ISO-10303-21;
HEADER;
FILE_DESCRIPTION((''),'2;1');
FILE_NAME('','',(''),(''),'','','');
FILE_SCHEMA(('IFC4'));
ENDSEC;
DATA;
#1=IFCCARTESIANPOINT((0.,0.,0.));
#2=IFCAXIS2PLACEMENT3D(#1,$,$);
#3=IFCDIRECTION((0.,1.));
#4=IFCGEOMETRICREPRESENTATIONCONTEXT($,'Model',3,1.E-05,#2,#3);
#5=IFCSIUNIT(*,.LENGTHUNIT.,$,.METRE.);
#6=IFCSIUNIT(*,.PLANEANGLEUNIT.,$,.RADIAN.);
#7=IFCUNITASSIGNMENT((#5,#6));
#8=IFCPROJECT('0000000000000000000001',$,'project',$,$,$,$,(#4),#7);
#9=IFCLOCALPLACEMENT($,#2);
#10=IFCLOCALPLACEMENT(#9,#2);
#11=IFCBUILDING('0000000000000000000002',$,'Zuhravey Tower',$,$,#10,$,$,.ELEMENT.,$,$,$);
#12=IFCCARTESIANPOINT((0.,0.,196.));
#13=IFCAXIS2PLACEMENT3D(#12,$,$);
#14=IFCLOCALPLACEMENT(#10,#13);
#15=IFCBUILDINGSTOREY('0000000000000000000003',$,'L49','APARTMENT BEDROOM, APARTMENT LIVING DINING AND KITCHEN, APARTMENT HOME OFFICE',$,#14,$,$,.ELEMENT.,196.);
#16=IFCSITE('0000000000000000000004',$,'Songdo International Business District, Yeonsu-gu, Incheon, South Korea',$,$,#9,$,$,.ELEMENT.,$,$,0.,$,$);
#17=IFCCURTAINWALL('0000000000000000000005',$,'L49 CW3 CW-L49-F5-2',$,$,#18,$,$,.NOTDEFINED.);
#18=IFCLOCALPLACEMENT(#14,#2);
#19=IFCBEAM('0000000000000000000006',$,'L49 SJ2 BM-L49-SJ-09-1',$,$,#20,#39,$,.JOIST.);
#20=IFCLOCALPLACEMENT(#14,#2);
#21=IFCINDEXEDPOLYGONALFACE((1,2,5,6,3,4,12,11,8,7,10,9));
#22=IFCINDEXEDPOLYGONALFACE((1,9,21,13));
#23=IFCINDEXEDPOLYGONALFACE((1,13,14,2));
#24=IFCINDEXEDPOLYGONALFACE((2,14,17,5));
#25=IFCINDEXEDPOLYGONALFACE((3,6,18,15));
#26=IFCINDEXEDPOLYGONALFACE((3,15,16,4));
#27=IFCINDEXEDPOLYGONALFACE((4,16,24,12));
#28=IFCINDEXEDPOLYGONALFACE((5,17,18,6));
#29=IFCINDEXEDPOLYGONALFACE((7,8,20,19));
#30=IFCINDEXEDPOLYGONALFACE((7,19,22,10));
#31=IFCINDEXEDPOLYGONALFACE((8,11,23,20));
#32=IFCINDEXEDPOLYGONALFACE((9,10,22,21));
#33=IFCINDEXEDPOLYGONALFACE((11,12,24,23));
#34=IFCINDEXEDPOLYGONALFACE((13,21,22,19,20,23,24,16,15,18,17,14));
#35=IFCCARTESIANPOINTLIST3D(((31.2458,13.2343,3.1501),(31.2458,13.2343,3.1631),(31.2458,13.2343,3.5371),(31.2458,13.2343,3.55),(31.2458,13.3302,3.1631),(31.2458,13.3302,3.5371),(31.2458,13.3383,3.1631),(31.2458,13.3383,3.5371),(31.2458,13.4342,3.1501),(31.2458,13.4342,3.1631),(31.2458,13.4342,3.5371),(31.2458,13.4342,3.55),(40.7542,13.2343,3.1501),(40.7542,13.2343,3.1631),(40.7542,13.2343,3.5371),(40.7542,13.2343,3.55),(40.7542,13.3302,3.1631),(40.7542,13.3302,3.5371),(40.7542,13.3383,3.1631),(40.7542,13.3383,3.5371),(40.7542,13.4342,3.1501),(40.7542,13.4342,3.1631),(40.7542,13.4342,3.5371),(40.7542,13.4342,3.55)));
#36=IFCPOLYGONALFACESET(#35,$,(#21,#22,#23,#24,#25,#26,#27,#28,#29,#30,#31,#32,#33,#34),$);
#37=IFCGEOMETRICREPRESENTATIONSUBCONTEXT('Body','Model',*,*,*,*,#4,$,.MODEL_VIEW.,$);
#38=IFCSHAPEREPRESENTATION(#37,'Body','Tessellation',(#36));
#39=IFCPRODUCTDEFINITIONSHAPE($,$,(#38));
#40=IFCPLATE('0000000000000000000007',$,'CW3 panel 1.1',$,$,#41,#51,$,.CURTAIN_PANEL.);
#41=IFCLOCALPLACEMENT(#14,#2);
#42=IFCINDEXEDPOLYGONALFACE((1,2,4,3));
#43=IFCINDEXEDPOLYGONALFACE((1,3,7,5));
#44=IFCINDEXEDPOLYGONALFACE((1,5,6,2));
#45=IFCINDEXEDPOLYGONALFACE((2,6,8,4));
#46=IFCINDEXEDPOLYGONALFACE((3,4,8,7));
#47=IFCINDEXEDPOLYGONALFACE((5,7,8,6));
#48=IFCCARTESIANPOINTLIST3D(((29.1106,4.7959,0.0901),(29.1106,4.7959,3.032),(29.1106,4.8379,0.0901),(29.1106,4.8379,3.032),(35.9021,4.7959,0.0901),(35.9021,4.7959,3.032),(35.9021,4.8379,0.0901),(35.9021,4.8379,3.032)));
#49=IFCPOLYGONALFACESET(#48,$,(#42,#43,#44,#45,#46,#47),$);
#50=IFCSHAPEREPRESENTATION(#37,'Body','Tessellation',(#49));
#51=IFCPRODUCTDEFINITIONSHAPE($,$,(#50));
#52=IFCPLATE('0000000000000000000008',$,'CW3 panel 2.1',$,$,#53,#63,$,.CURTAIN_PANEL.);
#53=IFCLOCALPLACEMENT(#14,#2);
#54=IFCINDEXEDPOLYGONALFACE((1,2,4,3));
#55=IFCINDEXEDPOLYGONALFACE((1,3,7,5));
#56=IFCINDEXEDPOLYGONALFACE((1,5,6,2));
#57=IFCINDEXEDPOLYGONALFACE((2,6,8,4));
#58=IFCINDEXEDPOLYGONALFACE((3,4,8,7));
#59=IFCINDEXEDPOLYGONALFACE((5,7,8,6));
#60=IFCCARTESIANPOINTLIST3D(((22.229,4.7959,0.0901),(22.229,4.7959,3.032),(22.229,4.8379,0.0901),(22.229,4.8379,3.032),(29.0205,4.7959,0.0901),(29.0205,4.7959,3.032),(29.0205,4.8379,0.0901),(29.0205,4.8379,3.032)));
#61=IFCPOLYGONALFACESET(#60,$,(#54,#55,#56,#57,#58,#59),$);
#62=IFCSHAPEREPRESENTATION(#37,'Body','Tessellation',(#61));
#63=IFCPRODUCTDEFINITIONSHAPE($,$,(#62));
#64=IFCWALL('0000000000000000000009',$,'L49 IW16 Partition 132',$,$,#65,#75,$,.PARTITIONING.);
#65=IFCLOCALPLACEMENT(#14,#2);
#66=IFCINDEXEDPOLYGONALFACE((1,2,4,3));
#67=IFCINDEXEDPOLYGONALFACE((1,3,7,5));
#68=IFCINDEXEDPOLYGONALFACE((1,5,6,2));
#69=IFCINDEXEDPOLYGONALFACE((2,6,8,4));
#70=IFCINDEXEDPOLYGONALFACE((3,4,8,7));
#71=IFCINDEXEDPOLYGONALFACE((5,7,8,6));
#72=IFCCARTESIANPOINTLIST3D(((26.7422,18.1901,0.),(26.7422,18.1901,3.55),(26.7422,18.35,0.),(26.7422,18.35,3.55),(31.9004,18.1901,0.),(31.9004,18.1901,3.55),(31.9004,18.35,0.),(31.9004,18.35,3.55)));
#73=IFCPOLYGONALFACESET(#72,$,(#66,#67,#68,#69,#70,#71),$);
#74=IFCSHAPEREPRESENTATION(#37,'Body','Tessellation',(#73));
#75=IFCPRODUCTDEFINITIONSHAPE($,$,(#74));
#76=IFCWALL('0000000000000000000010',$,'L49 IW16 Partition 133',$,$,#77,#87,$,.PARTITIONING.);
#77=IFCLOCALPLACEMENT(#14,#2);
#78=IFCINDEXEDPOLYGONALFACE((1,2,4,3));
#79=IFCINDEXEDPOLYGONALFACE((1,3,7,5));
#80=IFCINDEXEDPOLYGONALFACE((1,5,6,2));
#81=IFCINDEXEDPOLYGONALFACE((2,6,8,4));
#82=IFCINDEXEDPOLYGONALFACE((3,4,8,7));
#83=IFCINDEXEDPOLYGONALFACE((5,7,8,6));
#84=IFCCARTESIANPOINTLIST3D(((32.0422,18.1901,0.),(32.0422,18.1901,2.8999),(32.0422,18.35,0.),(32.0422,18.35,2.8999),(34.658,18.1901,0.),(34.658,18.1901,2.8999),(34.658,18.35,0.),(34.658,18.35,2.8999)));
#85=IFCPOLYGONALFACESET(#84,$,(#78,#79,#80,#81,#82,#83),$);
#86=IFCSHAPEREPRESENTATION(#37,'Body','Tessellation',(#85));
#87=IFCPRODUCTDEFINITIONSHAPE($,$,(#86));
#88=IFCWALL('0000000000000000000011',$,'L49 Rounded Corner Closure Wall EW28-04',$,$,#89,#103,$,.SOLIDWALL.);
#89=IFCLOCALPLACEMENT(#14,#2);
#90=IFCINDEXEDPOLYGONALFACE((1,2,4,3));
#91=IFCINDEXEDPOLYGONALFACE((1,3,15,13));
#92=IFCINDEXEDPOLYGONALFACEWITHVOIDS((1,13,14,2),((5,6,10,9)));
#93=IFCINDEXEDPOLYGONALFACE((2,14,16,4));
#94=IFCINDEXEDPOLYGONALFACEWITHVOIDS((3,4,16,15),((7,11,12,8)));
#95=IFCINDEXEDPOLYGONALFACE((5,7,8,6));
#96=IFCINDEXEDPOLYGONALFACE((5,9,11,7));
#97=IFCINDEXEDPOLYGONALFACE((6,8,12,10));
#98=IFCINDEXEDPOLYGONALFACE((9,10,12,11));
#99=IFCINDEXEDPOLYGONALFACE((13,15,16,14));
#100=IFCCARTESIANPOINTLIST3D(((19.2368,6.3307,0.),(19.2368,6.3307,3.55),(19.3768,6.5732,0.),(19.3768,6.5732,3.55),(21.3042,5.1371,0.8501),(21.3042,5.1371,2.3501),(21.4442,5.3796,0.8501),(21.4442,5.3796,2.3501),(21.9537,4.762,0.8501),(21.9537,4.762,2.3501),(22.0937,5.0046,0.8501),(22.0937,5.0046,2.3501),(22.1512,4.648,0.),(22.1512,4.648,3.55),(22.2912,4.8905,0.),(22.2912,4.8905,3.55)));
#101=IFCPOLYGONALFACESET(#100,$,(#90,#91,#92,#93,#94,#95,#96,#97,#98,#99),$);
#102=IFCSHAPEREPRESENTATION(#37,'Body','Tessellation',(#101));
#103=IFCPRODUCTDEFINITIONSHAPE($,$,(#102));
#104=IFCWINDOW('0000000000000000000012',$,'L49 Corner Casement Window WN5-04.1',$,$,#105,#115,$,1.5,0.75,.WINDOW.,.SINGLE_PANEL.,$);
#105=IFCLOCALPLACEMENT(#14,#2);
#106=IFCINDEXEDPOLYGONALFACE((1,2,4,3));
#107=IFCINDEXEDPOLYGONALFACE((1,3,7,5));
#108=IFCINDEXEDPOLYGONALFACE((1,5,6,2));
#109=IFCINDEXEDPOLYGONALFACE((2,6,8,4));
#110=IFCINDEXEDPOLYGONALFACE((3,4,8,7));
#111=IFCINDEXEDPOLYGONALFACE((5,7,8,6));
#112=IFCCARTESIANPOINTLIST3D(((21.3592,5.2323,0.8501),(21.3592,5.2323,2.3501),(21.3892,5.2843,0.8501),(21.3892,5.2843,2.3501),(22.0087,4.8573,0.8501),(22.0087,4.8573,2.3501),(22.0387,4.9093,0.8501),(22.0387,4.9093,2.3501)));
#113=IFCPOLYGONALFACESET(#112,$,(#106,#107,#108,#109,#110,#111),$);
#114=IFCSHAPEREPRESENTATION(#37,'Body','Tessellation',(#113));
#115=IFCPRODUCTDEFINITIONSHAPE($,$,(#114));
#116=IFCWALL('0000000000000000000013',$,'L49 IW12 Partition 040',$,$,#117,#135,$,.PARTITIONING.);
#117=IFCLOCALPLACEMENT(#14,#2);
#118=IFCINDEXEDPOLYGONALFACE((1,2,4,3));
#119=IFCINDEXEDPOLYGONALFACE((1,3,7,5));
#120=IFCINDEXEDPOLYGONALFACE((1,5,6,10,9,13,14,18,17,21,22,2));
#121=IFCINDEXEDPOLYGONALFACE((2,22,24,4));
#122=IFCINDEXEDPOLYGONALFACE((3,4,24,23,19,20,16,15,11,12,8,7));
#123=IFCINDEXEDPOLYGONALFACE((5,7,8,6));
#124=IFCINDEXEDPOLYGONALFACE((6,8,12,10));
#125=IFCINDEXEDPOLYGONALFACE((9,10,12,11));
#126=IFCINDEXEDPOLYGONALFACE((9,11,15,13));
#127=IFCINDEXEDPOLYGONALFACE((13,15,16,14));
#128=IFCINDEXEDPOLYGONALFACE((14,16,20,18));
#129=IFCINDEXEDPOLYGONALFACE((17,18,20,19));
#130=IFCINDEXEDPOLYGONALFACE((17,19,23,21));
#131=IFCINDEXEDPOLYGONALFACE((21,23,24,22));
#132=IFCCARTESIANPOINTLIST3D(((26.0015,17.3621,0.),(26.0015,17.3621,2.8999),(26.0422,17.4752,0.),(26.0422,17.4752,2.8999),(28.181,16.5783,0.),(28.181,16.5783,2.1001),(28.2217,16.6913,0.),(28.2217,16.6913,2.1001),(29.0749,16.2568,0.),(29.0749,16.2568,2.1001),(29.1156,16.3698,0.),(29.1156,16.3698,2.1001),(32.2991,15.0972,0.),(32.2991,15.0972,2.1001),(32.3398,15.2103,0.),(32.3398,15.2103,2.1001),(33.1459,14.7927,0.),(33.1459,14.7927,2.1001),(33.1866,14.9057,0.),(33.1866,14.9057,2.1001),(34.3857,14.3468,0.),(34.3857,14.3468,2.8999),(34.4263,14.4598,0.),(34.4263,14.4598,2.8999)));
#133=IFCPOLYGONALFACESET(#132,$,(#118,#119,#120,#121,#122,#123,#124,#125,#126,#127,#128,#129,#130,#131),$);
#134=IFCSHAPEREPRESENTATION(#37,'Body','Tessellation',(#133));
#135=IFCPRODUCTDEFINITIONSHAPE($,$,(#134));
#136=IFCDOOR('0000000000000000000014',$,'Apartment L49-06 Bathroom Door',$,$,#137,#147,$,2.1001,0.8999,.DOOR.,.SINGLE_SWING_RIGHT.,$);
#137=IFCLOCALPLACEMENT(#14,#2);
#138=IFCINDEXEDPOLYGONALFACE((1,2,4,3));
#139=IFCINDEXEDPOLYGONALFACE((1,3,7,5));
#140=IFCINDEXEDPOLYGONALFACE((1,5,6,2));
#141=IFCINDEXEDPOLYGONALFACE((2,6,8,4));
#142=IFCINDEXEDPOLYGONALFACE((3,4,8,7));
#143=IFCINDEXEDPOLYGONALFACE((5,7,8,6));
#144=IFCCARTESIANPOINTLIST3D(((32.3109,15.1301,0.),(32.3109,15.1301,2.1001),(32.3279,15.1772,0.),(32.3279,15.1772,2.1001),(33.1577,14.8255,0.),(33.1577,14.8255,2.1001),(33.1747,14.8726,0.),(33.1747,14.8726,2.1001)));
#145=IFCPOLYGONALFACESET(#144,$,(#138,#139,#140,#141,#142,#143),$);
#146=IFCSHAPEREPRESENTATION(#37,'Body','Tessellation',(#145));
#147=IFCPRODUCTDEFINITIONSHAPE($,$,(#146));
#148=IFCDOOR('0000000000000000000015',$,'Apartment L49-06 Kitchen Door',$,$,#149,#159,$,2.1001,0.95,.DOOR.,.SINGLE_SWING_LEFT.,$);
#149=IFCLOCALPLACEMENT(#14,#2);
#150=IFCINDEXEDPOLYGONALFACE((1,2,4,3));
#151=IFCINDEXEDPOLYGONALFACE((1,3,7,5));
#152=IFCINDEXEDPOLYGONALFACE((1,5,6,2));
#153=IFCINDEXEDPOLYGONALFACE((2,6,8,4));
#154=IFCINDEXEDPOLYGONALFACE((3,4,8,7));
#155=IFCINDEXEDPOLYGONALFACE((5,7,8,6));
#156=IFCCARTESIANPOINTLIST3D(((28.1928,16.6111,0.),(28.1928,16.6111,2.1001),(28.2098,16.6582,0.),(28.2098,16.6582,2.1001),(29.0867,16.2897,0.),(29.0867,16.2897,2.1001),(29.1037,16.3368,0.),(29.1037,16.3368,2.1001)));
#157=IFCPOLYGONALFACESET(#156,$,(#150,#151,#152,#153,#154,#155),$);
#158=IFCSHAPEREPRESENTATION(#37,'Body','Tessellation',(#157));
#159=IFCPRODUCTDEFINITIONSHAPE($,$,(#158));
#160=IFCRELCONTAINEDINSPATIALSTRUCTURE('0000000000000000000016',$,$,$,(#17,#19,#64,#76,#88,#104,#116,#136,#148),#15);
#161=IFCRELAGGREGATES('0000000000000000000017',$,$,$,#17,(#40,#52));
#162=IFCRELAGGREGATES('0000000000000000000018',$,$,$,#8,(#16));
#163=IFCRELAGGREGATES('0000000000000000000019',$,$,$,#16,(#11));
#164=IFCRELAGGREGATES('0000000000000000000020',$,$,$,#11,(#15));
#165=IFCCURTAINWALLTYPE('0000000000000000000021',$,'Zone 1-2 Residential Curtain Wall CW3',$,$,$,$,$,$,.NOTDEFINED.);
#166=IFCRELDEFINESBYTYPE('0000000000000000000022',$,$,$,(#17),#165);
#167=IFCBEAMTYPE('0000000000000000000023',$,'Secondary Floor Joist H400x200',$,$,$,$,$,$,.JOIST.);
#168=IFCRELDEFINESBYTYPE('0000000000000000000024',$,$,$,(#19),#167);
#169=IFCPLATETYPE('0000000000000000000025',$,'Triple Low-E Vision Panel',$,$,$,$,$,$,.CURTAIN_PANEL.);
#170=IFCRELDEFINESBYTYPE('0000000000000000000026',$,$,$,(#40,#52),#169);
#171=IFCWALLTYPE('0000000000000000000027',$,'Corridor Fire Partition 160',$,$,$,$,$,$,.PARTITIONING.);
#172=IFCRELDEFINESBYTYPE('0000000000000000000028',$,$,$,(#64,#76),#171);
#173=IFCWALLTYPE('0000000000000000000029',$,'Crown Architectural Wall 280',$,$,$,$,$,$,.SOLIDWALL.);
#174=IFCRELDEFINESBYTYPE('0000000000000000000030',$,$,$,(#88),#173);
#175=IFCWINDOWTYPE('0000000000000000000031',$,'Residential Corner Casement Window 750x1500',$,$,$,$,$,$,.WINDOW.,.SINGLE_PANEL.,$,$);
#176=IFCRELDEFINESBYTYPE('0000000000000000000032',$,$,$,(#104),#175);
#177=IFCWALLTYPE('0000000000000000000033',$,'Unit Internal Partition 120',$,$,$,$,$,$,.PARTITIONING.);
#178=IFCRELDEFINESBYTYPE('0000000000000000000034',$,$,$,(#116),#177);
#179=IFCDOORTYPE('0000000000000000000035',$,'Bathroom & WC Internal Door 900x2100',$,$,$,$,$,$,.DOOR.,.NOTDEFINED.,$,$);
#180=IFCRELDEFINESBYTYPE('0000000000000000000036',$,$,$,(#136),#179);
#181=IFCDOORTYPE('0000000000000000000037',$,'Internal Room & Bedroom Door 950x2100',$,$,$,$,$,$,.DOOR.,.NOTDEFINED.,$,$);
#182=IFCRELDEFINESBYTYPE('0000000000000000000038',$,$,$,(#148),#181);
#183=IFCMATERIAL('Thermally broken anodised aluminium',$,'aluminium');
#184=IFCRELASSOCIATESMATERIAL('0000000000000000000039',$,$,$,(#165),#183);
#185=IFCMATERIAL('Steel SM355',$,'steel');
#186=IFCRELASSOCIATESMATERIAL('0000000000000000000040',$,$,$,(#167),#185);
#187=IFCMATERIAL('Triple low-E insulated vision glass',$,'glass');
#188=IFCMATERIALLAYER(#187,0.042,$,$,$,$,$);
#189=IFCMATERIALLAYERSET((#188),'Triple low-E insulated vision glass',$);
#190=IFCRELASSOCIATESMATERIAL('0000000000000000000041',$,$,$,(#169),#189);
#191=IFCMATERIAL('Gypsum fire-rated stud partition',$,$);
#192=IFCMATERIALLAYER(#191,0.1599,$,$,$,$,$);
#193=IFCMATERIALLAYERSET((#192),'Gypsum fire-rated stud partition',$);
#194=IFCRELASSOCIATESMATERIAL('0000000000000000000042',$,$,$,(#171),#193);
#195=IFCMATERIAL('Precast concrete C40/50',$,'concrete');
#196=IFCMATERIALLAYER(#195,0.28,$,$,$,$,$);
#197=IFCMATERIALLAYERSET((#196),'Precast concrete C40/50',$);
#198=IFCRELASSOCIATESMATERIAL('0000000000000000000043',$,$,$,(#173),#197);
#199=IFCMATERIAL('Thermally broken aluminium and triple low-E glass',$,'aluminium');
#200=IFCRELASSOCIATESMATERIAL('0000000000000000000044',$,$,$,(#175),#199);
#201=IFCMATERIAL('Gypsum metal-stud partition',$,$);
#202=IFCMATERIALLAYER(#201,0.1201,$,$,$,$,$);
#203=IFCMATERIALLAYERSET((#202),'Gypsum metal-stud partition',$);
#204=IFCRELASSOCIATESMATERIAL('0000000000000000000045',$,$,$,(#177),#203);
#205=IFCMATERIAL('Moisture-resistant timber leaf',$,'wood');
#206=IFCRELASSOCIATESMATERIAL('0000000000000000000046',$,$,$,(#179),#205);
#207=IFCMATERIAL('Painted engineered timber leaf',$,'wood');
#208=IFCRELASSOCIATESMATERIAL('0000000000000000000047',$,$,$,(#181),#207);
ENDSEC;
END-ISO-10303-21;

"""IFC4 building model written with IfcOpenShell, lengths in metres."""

from ifc_helpers import new_model, si_unit, direction, frame, frame_2d, origin, origin_2d, place, context, subcontext, project, spatial, rectangle, i_section, extrude, material, layer, layer_set, material_profile, profile_set, type_object, element, fill, aggregate, save


model = new_model("IFC4")

# Units and contexts
model_context = context("Model", 3, precision=1e-05, world=origin(), true_north=direction((0.0, 1.0)))
body_context = subcontext(model_context, "Body", "Model", "MODEL_VIEW")
ifc_project = project(units=[si_unit("LENGTHUNIT", "METRE"), si_unit("PLANEANGLEUNIT", "RADIAN")], contexts=[model_context])

# Site, building, storey
site_placement = place(None, origin())
site = spatial("IfcSite", under=ifc_project, at=site_placement, Name="Songdo International Business District, Yeonsu-gu, Incheon, South Korea", CompositionType="ELEMENT", RefElevation=0.0)
building_placement = place(site_placement, origin())
building = spatial("IfcBuilding", under=site, at=building_placement, Name="Zuhravey Tower", CompositionType="ELEMENT")
storey_placement = place(building_placement, frame((0.0, 0.0, 196.0)))
storey = spatial("IfcBuildingStorey", under=building, at=storey_placement, Name="L49", Description="APARTMENT BEDROOM, APARTMENT LIVING DINING AND KITCHEN, APARTMENT HOME OFFICE", CompositionType="ELEMENT", Elevation=196.0)

# Curtain wall
ifc_material_1 = material(Name="Thermally broken anodised aluminium", Category="aluminium")
curtain_wall_type = type_object("IfcCurtainWallType", Name="Zone 1-2 Residential Curtain Wall CW3", PredefinedType="NOTDEFINED", material=ifc_material_1)
curtain_wall_placement = place(storey_placement, origin())
curtain_wall = element("IfcCurtainWall", 1, at=curtain_wall_placement, inside=storey, type_object=curtain_wall_type, Name="L49 CW3 CW-L49-F5-2", PredefinedType="NOTDEFINED")

# Beam
ifc_material_2 = material(Name="Steel SM355", Category="steel")
ifc_material_profile_1 = material_profile(ifc_material_2, i_section(OverallWidth=0.2, OverallDepth=0.3999, WebThickness=0.0081, FlangeThickness=0.0129, at=origin_2d()), Name="H-400x200x8x13")
ifc_profile_set_1 = profile_set([ifc_material_profile_1], Name="Steel SM355")
beam_type_1 = type_object("IfcBeamType", Name="Secondary Floor Joist H400x200", PredefinedType="JOIST", material=ifc_profile_set_1)
beam_1_placement = place(storey_placement, frame((31.2458, 13.3342, 3.3501), z_axis=(1.0, 0.0, 0.0), x_axis=(0.0, 1.0, 0.0)))
element("IfcBeam", 2, at=beam_1_placement, inside=storey, type_object=beam_type_1, Name="L49 SJ2 BM-L49-SJ-09-1", PredefinedType="JOIST", context=body_context, shape_type="SweptSolid", body=[
    extrude(i_section(OverallWidth=0.2, OverallDepth=0.3999, WebThickness=0.0081, FlangeThickness=0.0129, at=origin_2d()), origin(), (0.0, 0.0, 1.0), 9.5083),
])

# Plates
ifc_material_3 = material(Name="Triple low-E insulated vision glass", Category="glass")
ifc_layer_1 = layer(ifc_material_3, 0.042)
ifc_layer_set_1 = layer_set([ifc_layer_1], Name="Triple low-E insulated vision glass")
plate_type = type_object("IfcPlateType", Name="Triple Low-E Vision Panel", PredefinedType="CURTAIN_PANEL", material=ifc_layer_set_1)
plate_1_placement = place(storey_placement, frame((32.5063, 4.8169, 0.0901), z_axis=(0.0, 0.0, 1.0), x_axis=(-1.0, 0.0, 0.0)))
plate_1 = element("IfcPlate", 3, at=plate_1_placement, type_object=plate_type, Name="CW3 panel 1.1", PredefinedType="CURTAIN_PANEL", context=body_context, shape_type="SweptSolid", body=[
    extrude(rectangle(XDim=6.7915, YDim=0.042, at=origin_2d()), origin(), (0.0, 0.0, 1.0), 2.9419),
])
plate_2_placement = place(storey_placement, frame((25.6248, 4.8169, 0.0901), z_axis=(0.0, 0.0, 1.0), x_axis=(-1.0, 0.0, 0.0)))
plate_2 = element("IfcPlate", 4, at=plate_2_placement, type_object=plate_type, Name="CW3 panel 2.1", PredefinedType="CURTAIN_PANEL", context=body_context, shape_type="SweptSolid", body=[
    extrude(rectangle(XDim=6.7915, YDim=0.042, at=origin_2d()), origin(), (0.0, 0.0, 1.0), 2.9419),
])
aggregate(curtain_wall, [plate_1, plate_2])

# Shared definitions
ifc_material_4 = material(Name="Gypsum fire-rated stud partition")
ifc_layer_2 = layer(ifc_material_4, 0.1599)
ifc_layer_set_2 = layer_set([ifc_layer_2], Name="Gypsum fire-rated stud partition")
wall_type_1 = type_object("IfcWallType", Name="Corridor Fire Partition 160", PredefinedType="PARTITIONING", material=ifc_layer_set_2)

# Walls
wall_1_placement = place(storey_placement, frame((26.7422, 18.27, 0.0), z_axis=(0.0, 0.0, 1.0), x_axis=(1.0, 0.0, 0.0)))
element("IfcWall", 5, at=wall_1_placement, inside=storey, type_object=wall_type_1, Name="L49 IW16 Partition 132", PredefinedType="PARTITIONING", context=body_context, shape_type="SweptSolid", body=[
    extrude(rectangle(XDim=5.1582, YDim=0.1599, at=frame_2d((2.5791, 0.0))), origin(), (0.0, 0.0, 1.0), 3.55),
])
wall_2_placement = place(storey_placement, frame((32.0422, 18.27, 0.0), z_axis=(0.0, 0.0, 1.0), x_axis=(1.0, 0.0, 0.0)))
element("IfcWall", 6, at=wall_2_placement, inside=storey, type_object=wall_type_1, Name="L49 IW16 Partition 133", PredefinedType="PARTITIONING", context=body_context, shape_type="SweptSolid", body=[
    extrude(rectangle(XDim=2.6157, YDim=0.1599, at=frame_2d((1.3079, 0.0))), origin(), (0.0, 0.0, 1.0), 2.8999),
])

# Wall, opening, window
ifc_material_5 = material(Name="Precast concrete C40/50", Category="concrete")
ifc_layer_3 = layer(ifc_material_5, 0.28)
ifc_layer_set_3 = layer_set([ifc_layer_3], Name="Precast concrete C40/50")
wall_type_2 = type_object("IfcWallType", Name="Crown Architectural Wall 280", PredefinedType="SOLIDWALL", material=ifc_layer_set_3)
wall_3_placement = place(storey_placement, frame((22.2212, 4.7693, 0.0), z_axis=(0.0, 0.0, 1.0), x_axis=(-0.86602, 0.500009, 0.0)))
wall_3 = element("IfcWall", 7, at=wall_3_placement, inside=storey, type_object=wall_type_2, Name="L49 Rounded Corner Closure Wall EW28-04", PredefinedType="SOLIDWALL", context=body_context, shape_type="SweptSolid", body=[
    extrude(rectangle(XDim=3.3652, YDim=0.28, at=frame_2d((1.6826, 0.0))), origin(), (0.0, 0.0, 1.0), 3.55),
])
opening_1_placement = place(wall_3_placement, frame((0.228, 0.0, 0.8501)))
opening_1 = element("IfcOpeningElement", 8, at=opening_1_placement, cuts=wall_3, PredefinedType="OPENING", context=body_context, shape_type="SweptSolid", body=[
    extrude(rectangle(XDim=0.75, YDim=1.5, at=frame_2d((0.375, 0.75))), frame((0.0, 0.1521, 0.0), z_axis=(0.0, -1.0, 0.0), x_axis=(1.0, 0.0, 0.0)), (0.0, 0.0, 1.0), 0.304),
])
ifc_material_6 = material(Name="Thermally broken aluminium and triple low-E glass", Category="aluminium")
window_type = type_object("IfcWindowType", Name="Residential Corner Casement Window 750x1500", PartitioningType="SINGLE_PANEL", PredefinedType="WINDOW", material=ifc_material_6)
window_placement = place(opening_1_placement, origin())
window = element("IfcWindow", 9, at=window_placement, inside=storey, type_object=window_type, Name="L49 Corner Casement Window WN5-04.1", OverallHeight=1.5, OverallWidth=0.75, PartitioningType="SINGLE_PANEL", PredefinedType="WINDOW", context=body_context, shape_type="SweptSolid", body=[
    extrude(rectangle(XDim=0.75, YDim=1.5, at=frame_2d((0.375, 0.75))), frame((0.0, 0.03, 0.0), z_axis=(0.0, -1.0, 0.0), x_axis=(1.0, 0.0, 0.0)), (0.0, 0.0, 1.0), 0.0601),
])
fill(opening_1, window)

# Wall, openings, doors
ifc_material_7 = material(Name="Gypsum metal-stud partition")
ifc_layer_4 = layer(ifc_material_7, 0.1201)
ifc_layer_set_4 = layer_set([ifc_layer_4], Name="Gypsum metal-stud partition")
wall_type_3 = type_object("IfcWallType", Name="Unit Internal Partition 120", PredefinedType="PARTITIONING", material=ifc_layer_set_4)
wall_4_placement = place(storey_placement, frame((26.0217, 17.4187, 0.0), z_axis=(0.0, 0.0, 1.0), x_axis=(0.940993, -0.338425, 0.0)))
wall_4 = element("IfcWall", 10, at=wall_4_placement, inside=storey, type_object=wall_type_3, Name="L49 IW12 Partition 040", PredefinedType="PARTITIONING", context=body_context, shape_type="SweptSolid", body=[
    extrude(rectangle(XDim=8.9099, YDim=0.1201, at=frame_2d((4.4551, 0.0))), origin(), (0.0, 0.0, 1.0), 2.8999),
])
opening_2_placement = place(wall_4_placement, frame((2.3162, 0.0, 0.0)))
opening_2 = element("IfcOpeningElement", 11, at=opening_2_placement, cuts=wall_4, PredefinedType="OPENING", context=body_context, shape_type="SweptSolid", body=[
    extrude(rectangle(XDim=0.95, YDim=2.1001, at=frame_2d((0.4751, 1.05))), frame((0.0, 0.072, 0.0), z_axis=(0.0, -1.0, 0.0), x_axis=(1.0, 0.0, 0.0)), (0.0, 0.0, 1.0), 0.144),
])
opening_3_placement = place(wall_4_placement, frame((6.6926, 0.0, 0.0)))
opening_3 = element("IfcOpeningElement", 12, at=opening_3_placement, cuts=wall_4, PredefinedType="OPENING", context=body_context, shape_type="SweptSolid", body=[
    extrude(rectangle(XDim=0.8999, YDim=2.1001, at=frame_2d((0.45, 1.05))), frame((0.0, 0.072, 0.0), z_axis=(0.0, -1.0, 0.0), x_axis=(1.0, 0.0, 0.0)), (0.0, 0.0, 1.0), 0.144),
])
ifc_material_8 = material(Name="Moisture-resistant timber leaf", Category="wood")
door_type_1 = type_object("IfcDoorType", Name="Bathroom & WC Internal Door 900x2100", OperationType="NOTDEFINED", PredefinedType="DOOR", material=ifc_material_8)
door_1_placement = place(opening_3_placement, origin())
door_1 = element("IfcDoor", 13, at=door_1_placement, inside=storey, type_object=door_type_1, Name="Apartment L49-06 Bathroom Door", OperationType="SINGLE_SWING_RIGHT", OverallHeight=2.1001, OverallWidth=0.8999, PredefinedType="DOOR", context=body_context, shape_type="SweptSolid", body=[
    extrude(rectangle(XDim=0.8999, YDim=2.1001, at=frame_2d((0.45, 1.05))), frame((0.0, 0.0249, 0.0), z_axis=(0.0, -1.0, 0.0), x_axis=(1.0, 0.0, 0.0)), (0.0, 0.0, 1.0), 0.05),
])
fill(opening_3, door_1)
ifc_material_9 = material(Name="Painted engineered timber leaf", Category="wood")
door_type_2 = type_object("IfcDoorType", Name="Internal Room & Bedroom Door 950x2100", OperationType="NOTDEFINED", PredefinedType="DOOR", material=ifc_material_9)
door_2_placement = place(opening_2_placement, origin())
door_2 = element("IfcDoor", 14, at=door_2_placement, inside=storey, type_object=door_type_2, Name="Apartment L49-06 Kitchen Door", OperationType="SINGLE_SWING_LEFT", OverallHeight=2.1001, OverallWidth=0.95, PredefinedType="DOOR", context=body_context, shape_type="SweptSolid", body=[
    extrude(rectangle(XDim=0.95, YDim=2.1001, at=frame_2d((0.4751, 1.05))), frame((0.0, 0.0249, 0.0), z_axis=(0.0, -1.0, 0.0), x_axis=(1.0, 0.0, 0.0)), (0.0, 0.0, 1.0), 0.05),
])
fill(opening_2, door_2)

save(model, "model.ifc")
